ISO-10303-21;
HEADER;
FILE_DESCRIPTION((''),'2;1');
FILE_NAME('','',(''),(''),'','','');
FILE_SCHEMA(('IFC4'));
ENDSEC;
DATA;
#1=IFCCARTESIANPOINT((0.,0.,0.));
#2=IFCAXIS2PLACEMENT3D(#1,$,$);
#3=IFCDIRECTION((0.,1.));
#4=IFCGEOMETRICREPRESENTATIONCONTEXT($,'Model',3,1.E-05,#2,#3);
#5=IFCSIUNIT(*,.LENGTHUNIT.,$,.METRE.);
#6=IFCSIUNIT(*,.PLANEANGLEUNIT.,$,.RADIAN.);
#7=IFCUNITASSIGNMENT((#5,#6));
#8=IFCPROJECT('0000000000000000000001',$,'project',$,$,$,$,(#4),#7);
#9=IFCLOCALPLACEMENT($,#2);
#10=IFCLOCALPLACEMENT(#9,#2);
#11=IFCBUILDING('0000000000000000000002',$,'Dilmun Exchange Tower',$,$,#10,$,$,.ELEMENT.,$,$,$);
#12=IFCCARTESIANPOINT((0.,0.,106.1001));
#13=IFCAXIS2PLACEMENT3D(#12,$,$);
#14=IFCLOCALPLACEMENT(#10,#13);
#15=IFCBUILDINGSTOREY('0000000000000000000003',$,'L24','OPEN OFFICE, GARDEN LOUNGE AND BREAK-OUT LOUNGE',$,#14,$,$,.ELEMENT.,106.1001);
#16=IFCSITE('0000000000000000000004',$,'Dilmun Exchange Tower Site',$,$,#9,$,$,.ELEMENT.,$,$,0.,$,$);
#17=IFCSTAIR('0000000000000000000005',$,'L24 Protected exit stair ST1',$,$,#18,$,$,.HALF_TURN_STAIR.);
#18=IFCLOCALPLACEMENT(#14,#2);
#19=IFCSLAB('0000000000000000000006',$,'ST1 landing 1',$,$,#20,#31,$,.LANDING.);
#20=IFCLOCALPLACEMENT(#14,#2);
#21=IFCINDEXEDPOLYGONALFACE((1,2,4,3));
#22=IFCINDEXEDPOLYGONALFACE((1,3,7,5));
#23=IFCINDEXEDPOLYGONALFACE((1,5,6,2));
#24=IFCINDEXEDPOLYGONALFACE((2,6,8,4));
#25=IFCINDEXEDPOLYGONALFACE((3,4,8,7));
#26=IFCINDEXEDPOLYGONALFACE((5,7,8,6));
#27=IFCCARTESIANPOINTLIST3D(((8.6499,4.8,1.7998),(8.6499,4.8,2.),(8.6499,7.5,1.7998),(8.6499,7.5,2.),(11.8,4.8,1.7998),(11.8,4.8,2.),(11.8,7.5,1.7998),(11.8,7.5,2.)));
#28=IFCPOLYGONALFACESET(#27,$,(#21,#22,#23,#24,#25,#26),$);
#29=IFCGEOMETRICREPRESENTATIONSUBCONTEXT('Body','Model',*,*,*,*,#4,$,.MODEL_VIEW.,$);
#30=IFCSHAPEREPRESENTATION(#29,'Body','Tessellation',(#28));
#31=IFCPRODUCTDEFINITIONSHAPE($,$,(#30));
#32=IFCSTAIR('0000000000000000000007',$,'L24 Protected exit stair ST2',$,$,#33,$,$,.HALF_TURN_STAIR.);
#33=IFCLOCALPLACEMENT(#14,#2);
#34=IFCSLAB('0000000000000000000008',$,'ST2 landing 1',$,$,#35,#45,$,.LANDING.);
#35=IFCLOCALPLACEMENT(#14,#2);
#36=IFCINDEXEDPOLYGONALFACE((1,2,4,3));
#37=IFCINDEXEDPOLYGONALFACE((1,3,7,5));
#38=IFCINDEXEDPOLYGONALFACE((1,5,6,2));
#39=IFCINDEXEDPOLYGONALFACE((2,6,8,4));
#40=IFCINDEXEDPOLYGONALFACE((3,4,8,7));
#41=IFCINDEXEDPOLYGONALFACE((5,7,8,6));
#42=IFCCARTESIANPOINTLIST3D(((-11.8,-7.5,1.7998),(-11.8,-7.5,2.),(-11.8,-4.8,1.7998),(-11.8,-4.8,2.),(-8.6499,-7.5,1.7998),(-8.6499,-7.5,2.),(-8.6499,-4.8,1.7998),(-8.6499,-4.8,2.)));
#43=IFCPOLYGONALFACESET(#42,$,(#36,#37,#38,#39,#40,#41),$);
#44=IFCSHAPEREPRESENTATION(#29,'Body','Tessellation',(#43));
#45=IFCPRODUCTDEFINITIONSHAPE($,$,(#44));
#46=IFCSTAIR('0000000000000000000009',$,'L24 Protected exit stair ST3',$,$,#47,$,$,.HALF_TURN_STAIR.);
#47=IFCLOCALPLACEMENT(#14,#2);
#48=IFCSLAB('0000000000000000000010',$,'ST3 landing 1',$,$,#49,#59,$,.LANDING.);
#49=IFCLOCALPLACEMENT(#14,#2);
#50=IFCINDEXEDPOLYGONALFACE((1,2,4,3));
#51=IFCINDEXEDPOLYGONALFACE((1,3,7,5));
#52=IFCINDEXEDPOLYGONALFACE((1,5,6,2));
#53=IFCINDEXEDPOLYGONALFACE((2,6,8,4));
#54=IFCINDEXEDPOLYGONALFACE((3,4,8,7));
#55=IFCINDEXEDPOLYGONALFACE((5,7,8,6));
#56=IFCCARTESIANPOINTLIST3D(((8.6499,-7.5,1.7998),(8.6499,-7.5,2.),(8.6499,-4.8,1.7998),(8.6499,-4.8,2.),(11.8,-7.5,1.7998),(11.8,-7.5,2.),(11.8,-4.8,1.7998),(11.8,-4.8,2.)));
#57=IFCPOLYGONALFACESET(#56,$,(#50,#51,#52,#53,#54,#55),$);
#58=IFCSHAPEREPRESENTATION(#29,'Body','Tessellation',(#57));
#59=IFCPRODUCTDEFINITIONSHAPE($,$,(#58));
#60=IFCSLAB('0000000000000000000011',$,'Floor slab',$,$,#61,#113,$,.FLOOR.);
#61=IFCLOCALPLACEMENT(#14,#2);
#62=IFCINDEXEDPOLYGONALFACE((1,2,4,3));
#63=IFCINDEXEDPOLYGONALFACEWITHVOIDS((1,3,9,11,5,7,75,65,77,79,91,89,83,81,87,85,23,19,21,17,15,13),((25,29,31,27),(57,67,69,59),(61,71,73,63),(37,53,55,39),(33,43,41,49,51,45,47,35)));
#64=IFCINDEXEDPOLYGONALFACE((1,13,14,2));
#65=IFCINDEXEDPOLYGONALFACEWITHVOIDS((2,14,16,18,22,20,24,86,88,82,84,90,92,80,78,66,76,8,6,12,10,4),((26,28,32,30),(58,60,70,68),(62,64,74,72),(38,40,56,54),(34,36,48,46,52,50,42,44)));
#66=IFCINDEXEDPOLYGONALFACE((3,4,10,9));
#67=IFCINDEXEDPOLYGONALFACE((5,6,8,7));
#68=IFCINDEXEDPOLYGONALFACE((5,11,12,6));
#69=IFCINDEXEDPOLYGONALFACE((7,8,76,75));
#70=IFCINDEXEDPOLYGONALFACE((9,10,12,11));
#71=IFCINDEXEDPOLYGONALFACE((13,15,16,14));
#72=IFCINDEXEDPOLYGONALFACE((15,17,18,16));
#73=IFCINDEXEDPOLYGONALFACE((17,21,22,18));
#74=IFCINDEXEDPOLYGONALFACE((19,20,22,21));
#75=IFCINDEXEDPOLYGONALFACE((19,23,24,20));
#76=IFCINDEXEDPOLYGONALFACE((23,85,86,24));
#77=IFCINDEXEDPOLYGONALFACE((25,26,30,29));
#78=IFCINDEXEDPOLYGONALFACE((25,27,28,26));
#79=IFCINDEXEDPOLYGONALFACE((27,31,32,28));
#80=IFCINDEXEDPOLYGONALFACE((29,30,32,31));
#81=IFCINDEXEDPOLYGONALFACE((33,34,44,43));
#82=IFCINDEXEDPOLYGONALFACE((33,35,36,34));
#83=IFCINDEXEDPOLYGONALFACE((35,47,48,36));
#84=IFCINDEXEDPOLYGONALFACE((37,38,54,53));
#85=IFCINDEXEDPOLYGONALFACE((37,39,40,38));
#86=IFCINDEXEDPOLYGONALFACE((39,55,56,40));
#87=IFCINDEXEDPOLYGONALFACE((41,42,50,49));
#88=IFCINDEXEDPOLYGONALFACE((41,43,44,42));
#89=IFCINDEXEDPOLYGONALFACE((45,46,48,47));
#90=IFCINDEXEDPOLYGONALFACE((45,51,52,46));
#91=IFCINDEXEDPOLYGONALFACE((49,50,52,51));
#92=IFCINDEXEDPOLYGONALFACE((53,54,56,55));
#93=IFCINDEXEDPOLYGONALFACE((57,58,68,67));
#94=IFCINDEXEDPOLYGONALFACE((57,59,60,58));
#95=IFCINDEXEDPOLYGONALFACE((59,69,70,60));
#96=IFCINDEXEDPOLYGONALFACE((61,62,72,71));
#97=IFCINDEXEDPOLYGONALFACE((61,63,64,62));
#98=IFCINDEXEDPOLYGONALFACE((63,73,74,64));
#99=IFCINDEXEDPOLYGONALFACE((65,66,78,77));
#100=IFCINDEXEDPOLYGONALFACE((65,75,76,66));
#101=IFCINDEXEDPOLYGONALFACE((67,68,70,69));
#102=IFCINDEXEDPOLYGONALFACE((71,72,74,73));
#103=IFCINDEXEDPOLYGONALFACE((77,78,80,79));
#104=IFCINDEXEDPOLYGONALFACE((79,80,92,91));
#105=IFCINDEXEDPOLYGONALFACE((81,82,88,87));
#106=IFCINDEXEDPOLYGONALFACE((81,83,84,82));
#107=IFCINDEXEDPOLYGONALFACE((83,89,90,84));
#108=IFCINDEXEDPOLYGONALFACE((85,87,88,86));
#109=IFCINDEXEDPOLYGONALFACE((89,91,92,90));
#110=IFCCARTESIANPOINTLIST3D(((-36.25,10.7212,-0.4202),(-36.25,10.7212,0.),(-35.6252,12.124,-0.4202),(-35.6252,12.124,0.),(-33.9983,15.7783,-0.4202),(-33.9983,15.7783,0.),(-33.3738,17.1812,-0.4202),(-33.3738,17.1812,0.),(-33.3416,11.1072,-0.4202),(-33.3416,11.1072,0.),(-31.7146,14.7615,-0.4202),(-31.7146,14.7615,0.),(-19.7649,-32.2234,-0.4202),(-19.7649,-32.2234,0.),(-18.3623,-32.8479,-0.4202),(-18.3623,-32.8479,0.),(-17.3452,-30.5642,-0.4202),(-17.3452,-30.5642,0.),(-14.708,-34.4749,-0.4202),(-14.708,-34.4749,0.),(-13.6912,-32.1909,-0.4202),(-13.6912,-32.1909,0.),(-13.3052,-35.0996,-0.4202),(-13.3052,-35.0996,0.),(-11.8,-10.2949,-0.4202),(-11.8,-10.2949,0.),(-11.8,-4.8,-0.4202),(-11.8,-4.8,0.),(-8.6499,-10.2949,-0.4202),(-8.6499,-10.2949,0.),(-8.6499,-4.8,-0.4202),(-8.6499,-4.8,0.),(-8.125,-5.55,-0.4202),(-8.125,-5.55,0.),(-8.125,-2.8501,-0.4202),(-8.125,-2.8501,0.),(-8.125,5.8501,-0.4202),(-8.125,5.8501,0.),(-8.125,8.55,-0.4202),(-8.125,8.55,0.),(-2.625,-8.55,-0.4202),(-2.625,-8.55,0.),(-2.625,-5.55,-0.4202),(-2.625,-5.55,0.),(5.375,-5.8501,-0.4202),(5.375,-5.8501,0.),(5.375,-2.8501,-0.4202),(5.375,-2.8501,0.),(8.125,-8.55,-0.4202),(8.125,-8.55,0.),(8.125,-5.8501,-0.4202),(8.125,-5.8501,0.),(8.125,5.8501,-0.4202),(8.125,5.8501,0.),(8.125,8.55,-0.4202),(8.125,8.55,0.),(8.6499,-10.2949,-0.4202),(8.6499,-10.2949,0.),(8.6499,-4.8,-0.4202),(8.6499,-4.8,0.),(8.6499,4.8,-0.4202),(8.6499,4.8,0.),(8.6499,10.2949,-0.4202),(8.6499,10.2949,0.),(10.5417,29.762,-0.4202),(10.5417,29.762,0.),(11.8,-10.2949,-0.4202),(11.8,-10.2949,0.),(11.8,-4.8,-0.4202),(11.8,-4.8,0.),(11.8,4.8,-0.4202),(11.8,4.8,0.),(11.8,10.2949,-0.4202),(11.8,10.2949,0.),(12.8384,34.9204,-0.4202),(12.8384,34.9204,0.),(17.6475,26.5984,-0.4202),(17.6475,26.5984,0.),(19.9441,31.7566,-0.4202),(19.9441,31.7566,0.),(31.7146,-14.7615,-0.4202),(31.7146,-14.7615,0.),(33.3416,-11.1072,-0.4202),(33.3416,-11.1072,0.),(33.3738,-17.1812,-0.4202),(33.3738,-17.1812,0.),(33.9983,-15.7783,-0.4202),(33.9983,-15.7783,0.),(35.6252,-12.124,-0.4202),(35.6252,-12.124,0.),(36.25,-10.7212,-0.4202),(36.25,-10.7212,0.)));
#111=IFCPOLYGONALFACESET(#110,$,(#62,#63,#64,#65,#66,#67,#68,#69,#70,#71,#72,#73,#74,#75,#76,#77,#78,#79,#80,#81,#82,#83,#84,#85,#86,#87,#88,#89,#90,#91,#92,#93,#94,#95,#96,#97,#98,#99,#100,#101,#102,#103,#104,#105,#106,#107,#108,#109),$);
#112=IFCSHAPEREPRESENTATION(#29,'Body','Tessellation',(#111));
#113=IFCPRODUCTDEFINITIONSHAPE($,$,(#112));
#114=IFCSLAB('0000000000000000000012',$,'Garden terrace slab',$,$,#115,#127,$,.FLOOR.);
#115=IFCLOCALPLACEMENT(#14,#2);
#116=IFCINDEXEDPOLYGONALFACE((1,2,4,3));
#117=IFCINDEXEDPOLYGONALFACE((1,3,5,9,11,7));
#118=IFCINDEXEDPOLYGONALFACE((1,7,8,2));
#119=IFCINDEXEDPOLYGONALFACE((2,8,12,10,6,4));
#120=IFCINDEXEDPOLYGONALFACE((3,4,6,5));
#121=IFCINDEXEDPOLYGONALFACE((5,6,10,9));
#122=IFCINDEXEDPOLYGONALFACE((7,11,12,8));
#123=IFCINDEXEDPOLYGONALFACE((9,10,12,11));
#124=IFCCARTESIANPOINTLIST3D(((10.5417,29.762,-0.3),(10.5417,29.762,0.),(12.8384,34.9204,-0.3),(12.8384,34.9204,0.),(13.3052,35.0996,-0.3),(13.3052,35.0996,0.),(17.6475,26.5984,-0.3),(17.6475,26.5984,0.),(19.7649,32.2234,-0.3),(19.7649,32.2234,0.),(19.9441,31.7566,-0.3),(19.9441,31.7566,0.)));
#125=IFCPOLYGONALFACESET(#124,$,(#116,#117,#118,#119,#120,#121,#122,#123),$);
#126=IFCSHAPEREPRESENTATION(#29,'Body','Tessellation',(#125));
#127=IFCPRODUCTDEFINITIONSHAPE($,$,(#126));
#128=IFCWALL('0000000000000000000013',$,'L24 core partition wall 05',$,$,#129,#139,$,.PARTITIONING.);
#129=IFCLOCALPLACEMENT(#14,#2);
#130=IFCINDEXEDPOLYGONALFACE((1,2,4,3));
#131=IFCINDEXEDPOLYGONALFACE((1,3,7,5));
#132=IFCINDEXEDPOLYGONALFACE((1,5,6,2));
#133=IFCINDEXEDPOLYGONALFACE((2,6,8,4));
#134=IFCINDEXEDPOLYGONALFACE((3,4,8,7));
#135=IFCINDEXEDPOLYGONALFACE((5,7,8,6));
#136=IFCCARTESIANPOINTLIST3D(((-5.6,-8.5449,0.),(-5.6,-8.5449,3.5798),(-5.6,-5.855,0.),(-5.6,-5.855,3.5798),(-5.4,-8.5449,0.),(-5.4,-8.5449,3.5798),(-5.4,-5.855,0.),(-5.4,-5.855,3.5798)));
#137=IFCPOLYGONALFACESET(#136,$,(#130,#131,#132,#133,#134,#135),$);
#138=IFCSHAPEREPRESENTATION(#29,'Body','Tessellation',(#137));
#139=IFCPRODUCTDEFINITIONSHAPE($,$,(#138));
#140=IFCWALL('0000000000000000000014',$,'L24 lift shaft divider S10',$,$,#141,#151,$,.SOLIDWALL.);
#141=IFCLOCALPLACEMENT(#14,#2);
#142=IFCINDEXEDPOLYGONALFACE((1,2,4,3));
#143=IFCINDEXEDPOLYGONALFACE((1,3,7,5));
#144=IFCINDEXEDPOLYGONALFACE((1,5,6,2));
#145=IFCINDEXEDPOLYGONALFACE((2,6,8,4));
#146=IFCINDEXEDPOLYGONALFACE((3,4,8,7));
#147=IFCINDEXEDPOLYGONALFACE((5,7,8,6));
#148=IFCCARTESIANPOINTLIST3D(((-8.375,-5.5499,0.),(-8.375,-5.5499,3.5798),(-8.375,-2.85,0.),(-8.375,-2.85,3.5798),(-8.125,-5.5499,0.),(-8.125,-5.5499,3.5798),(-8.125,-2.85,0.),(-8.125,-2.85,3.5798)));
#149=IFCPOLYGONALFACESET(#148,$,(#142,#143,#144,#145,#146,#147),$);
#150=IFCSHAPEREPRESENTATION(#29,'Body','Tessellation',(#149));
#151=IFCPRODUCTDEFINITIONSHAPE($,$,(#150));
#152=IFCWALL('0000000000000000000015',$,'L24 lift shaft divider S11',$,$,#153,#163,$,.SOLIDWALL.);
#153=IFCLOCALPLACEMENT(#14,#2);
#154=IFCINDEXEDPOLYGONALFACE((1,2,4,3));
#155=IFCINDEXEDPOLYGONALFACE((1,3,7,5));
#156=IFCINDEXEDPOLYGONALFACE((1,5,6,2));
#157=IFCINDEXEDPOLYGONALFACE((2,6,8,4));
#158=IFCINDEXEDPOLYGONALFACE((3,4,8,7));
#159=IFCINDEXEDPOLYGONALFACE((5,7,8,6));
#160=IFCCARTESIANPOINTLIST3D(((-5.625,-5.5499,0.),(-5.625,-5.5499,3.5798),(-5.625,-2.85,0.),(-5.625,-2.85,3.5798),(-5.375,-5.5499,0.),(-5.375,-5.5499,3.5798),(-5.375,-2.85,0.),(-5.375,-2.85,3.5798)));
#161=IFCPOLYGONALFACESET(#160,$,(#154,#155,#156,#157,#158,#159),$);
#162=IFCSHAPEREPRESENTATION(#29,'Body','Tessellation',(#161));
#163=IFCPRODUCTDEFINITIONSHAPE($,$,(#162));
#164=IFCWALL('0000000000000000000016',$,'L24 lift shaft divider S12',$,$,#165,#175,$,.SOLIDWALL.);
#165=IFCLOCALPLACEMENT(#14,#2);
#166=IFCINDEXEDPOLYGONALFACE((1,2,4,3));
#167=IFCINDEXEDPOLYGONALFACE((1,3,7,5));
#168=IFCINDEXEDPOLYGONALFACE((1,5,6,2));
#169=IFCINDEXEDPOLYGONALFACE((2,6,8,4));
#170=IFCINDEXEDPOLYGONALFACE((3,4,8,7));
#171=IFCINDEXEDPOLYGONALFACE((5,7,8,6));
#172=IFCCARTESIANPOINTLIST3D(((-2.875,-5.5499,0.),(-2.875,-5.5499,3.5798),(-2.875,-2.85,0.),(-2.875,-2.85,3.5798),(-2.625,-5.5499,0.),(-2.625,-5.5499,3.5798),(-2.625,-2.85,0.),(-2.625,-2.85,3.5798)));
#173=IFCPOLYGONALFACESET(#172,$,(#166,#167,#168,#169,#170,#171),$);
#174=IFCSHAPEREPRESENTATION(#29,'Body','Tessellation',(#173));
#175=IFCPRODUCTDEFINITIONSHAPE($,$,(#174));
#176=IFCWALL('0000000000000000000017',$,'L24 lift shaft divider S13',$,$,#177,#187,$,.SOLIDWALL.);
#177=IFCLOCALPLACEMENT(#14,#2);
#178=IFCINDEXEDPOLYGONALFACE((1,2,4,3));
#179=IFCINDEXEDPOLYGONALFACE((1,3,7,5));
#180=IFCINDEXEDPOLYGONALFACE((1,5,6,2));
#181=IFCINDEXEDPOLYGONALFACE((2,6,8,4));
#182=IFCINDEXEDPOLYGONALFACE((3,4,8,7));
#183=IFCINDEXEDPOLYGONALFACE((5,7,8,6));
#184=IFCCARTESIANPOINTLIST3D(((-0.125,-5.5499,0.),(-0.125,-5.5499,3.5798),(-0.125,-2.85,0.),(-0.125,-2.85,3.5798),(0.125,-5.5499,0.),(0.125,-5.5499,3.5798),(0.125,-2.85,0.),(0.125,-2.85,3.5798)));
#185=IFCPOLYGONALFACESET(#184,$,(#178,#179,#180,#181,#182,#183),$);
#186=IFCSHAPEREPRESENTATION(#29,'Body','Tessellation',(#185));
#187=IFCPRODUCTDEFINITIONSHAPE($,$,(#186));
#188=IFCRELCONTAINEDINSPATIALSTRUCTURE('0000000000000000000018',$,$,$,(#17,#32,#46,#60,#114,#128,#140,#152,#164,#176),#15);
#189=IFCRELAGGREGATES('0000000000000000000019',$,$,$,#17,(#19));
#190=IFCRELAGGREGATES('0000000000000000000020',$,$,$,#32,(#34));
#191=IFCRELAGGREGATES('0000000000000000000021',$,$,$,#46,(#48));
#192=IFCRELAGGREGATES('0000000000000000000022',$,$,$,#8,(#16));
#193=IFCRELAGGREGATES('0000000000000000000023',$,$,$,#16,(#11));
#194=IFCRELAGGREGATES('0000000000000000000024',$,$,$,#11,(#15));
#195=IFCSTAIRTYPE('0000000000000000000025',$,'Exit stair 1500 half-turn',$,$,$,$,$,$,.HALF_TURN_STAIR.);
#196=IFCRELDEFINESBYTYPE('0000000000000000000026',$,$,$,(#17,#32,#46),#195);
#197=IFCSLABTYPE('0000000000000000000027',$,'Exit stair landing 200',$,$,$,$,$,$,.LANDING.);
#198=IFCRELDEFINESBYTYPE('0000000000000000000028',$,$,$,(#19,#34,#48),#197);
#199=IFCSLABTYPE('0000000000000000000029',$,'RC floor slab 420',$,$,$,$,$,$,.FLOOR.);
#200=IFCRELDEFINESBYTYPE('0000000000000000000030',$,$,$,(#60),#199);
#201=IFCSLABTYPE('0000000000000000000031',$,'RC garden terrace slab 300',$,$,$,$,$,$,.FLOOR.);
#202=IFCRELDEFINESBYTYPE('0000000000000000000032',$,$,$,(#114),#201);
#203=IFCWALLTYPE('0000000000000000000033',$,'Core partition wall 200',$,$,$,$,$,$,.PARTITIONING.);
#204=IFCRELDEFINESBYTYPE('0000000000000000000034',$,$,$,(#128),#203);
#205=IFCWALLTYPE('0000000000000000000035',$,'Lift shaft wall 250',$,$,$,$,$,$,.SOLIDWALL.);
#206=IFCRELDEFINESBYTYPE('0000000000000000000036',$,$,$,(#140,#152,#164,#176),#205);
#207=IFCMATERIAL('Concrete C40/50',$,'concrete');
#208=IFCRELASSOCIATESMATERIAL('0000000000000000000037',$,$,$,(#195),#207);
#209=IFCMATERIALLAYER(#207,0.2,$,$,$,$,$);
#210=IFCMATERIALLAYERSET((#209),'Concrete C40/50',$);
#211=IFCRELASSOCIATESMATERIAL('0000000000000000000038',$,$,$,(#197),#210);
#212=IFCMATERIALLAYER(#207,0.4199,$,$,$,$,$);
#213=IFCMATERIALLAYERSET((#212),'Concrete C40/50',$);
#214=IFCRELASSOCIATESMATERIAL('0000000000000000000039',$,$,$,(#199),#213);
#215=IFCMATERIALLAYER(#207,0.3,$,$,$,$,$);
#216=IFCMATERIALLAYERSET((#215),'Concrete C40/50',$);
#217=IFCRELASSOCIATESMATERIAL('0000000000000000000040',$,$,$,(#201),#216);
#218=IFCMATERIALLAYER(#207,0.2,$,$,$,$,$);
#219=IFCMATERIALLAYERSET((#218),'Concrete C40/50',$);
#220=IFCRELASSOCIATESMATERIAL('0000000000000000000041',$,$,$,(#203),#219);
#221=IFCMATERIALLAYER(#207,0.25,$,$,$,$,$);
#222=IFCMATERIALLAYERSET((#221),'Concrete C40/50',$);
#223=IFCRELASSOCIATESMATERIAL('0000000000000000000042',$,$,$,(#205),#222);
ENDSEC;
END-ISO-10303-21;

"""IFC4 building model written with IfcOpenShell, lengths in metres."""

from ifc_helpers import new_model, si_unit, direction, frame, frame_2d, origin, place, context, subcontext, project, spatial, polyline, rectangle, outline, extrude, material, layer, layer_set, type_object, element, aggregate, save


model = new_model("IFC4")

# Units and contexts
model_context = context("Model", 3, precision=1e-05, world=origin(), true_north=direction((0.0, 1.0)))
body_context = subcontext(model_context, "Body", "Model", "MODEL_VIEW")
ifc_project = project(units=[si_unit("LENGTHUNIT", "METRE"), si_unit("PLANEANGLEUNIT", "RADIAN")], contexts=[model_context])

# Site, building, storey
site_placement = place(None, origin())
site = spatial("IfcSite", under=ifc_project, at=site_placement, Name="Dilmun Exchange Tower Site", CompositionType="ELEMENT", RefElevation=0.0)
building_placement = place(site_placement, origin())
building = spatial("IfcBuilding", under=site, at=building_placement, Name="Dilmun Exchange Tower", CompositionType="ELEMENT")
storey_placement = place(building_placement, frame((0.0, 0.0, 106.1001)))
storey = spatial("IfcBuildingStorey", under=building, at=storey_placement, Name="L24", Description="OPEN OFFICE, GARDEN LOUNGE AND BREAK-OUT LOUNGE", CompositionType="ELEMENT", Elevation=106.1001)

# Stairs, slabs
ifc_material_1 = material(Name="Concrete C40/50", Category="concrete")
stair_type = type_object("IfcStairType", Name="Exit stair 1500 half-turn", PredefinedType="HALF_TURN_STAIR", material=ifc_material_1)
stair_1_placement = place(storey_placement, origin())
stair_1 = element("IfcStair", 1, at=stair_1_placement, inside=storey, type_object=stair_type, Name="L24 Protected exit stair ST1", PredefinedType="HALF_TURN_STAIR")
ifc_layer_1 = layer(ifc_material_1, 0.2)
ifc_layer_set_1 = layer_set([ifc_layer_1], Name="Concrete C40/50")
slab_type_1 = type_object("IfcSlabType", Name="Exit stair landing 200", PredefinedType="LANDING", material=ifc_layer_set_1)
slab_1_placement = place(storey_placement, frame((0.0, 0.0, 1.7998)))
slab_1 = element("IfcSlab", 2, at=slab_1_placement, type_object=slab_type_1, Name="ST1 landing 1", PredefinedType="LANDING", context=body_context, shape_type="SweptSolid", body=[
    extrude(outline(polyline([(8.6499, 7.5), (8.6499, 4.8), (11.8, 4.8), (11.8, 7.5), (8.6499, 7.5)])), origin(), (0.0, 0.0, 1.0), 0.2002),
])
aggregate(stair_1, [slab_1])
stair_2_placement = place(storey_placement, origin())
stair_2 = element("IfcStair", 3, at=stair_2_placement, inside=storey, type_object=stair_type, Name="L24 Protected exit stair ST2", PredefinedType="HALF_TURN_STAIR")
slab_2_placement = place(storey_placement, frame((0.0, 0.0, 1.7998)))
slab_2 = element("IfcSlab", 4, at=slab_2_placement, type_object=slab_type_1, Name="ST2 landing 1", PredefinedType="LANDING", context=body_context, shape_type="SweptSolid", body=[
    extrude(outline(polyline([(-8.6499, -7.5), (-8.6499, -4.8), (-11.8, -4.8), (-11.8, -7.5), (-8.6499, -7.5)])), origin(), (0.0, 0.0, 1.0), 0.2002),
])
aggregate(stair_2, [slab_2])
stair_3_placement = place(storey_placement, origin())
stair_3 = element("IfcStair", 5, at=stair_3_placement, inside=storey, type_object=stair_type, Name="L24 Protected exit stair ST3", PredefinedType="HALF_TURN_STAIR")
slab_3_placement = place(storey_placement, frame((0.0, 0.0, 1.7998)))
slab_3 = element("IfcSlab", 6, at=slab_3_placement, type_object=slab_type_1, Name="ST3 landing 1", PredefinedType="LANDING", context=body_context, shape_type="SweptSolid", body=[
    extrude(outline(polyline([(11.8, -7.5), (11.8, -4.8), (8.6499, -4.8), (8.6499, -7.5), (11.8, -7.5)])), origin(), (0.0, 0.0, 1.0), 0.2002),
])
aggregate(stair_3, [slab_3])

# Slabs
ifc_layer_2 = layer(ifc_material_1, 0.4199)
ifc_layer_set_2 = layer_set([ifc_layer_2], Name="Concrete C40/50")
slab_type_2 = type_object("IfcSlabType", Name="RC floor slab 420", PredefinedType="FLOOR", material=ifc_layer_set_2)
slab_4_placement = place(storey_placement, frame((0.0, 0.0, -0.4202)))
element("IfcSlab", 7, at=slab_4_placement, inside=storey, type_object=slab_type_2, Name="Floor slab", PredefinedType="FLOOR", context=body_context, shape_type="SweptSolid", body=[
    extrude(outline(polyline([(35.6252, -12.124), (33.3416, -11.1072), (31.7146, -14.7615), (33.9983, -15.7783), (33.3738, -17.1812), (-13.3052, -35.0996), (-14.708, -34.4749), (-13.6912, -32.1909), (-17.3452, -30.5642), (-18.3623, -32.8479), (-19.7649, -32.2234), (-36.25, 10.7212), (-35.6252, 12.124), (-33.3416, 11.1072), (-31.7146, 14.7615), (-33.9983, 15.7783), (-33.3738, 17.1812), (12.8384, 34.9204), (10.5417, 29.762), (17.6475, 26.5984), (19.9441, 31.7566), (36.25, -10.7212), (35.6252, -12.124)]), holes=[polyline([(-8.6499, -4.8), (-11.8, -4.8), (-11.8, -10.2949), (-8.6499, -10.2949), (-8.6499, -4.8)]), polyline([(11.8, -4.8), (8.6499, -4.8), (8.6499, -10.2949), (11.8, -10.2949), (11.8, -4.8)]), polyline([(-8.125, -2.8501), (-8.125, -5.55), (-2.625, -5.55), (-2.625, -8.55), (8.125, -8.55), (8.125, -5.8501), (5.375, -5.8501), (5.375, -2.8501), (-8.125, -2.8501)]), polyline([(-8.125, 5.8501), (8.125, 5.8501), (8.125, 8.55), (-8.125, 8.55), (-8.125, 5.8501)]), polyline([(8.6499, 10.2949), (8.6499, 4.8), (11.8, 4.8), (11.8, 10.2949), (8.6499, 10.2949)])]), origin(), (0.0, 0.0, 1.0), 0.4202),
])
ifc_layer_3 = layer(ifc_material_1, 0.3)
ifc_layer_set_3 = layer_set([ifc_layer_3], Name="Concrete C40/50")
slab_type_3 = type_object("IfcSlabType", Name="RC garden terrace slab 300", PredefinedType="FLOOR", material=ifc_layer_set_3)
slab_5_placement = place(storey_placement, frame((0.0, 0.0, -0.3)))
element("IfcSlab", 8, at=slab_5_placement, inside=storey, type_object=slab_type_3, Name="Garden terrace slab", PredefinedType="FLOOR", context=body_context, shape_type="SweptSolid", body=[
    extrude(outline(polyline([(10.5417, 29.762), (12.8384, 34.9204), (13.3052, 35.0996), (19.7649, 32.2234), (19.9441, 31.7566), (17.6475, 26.5984), (10.5417, 29.762)])), origin(), (0.0, 0.0, 1.0), 0.3),
])

# Walls
ifc_layer_4 = layer(ifc_material_1, 0.2)
ifc_layer_set_4 = layer_set([ifc_layer_4], Name="Concrete C40/50")
wall_type_1 = type_object("IfcWallType", Name="Core partition wall 200", PredefinedType="PARTITIONING", material=ifc_layer_set_4)
wall_1_placement = place(storey_placement, frame((-5.5, -8.5449, 0.0), z_axis=(0.0, 0.0, 1.0), x_axis=(0.0, 1.0, 0.0)))
element("IfcWall", 9, at=wall_1_placement, inside=storey, type_object=wall_type_1, Name="L24 core partition wall 05", PredefinedType="PARTITIONING", context=body_context, shape_type="SweptSolid", body=[
    extrude(rectangle(XDim=2.6899, YDim=0.2, at=frame_2d((1.345, 0.0))), origin(), (0.0, 0.0, 1.0), 3.5798),
])
ifc_layer_5 = layer(ifc_material_1, 0.25)
ifc_layer_set_5 = layer_set([ifc_layer_5], Name="Concrete C40/50")
wall_type_2 = type_object("IfcWallType", Name="Lift shaft wall 250", PredefinedType="SOLIDWALL", material=ifc_layer_set_5)
for number, where, z_axis, x_axis, name in (
    (10, (-8.25, -5.55, 0.0), (0.0, 0.0, 1.0), (0.0, 1.0, 0.0), "L24 lift shaft divider S10"),
    (11, (-5.5, -5.55, 0.0), (0.0, 0.0, 1.0), (0.0, 1.0, 0.0), "L24 lift shaft divider S11"),
    (12, (-2.75, -5.55, 0.0), (0.0, 0.0, 1.0), (0.0, 1.0, 0.0), "L24 lift shaft divider S12"),
    (13, (0.0, -5.55, 0.0), (0.0, 0.0, 1.0), (0.0, 1.0, 0.0), "L24 lift shaft divider S13"),
):
    element("IfcWall", number, at=place(storey_placement, frame(where, z_axis=z_axis, x_axis=x_axis)), inside=storey, type_object=wall_type_2, Name=name, PredefinedType="SOLIDWALL", context=body_context, shape_type="SweptSolid", body=[
        extrude(rectangle(XDim=2.7, YDim=0.25, at=frame_2d((1.3501, 0.0))), origin(), (0.0, 0.0, 1.0), 3.5798),
    ])

save(model, "model.ifc")
